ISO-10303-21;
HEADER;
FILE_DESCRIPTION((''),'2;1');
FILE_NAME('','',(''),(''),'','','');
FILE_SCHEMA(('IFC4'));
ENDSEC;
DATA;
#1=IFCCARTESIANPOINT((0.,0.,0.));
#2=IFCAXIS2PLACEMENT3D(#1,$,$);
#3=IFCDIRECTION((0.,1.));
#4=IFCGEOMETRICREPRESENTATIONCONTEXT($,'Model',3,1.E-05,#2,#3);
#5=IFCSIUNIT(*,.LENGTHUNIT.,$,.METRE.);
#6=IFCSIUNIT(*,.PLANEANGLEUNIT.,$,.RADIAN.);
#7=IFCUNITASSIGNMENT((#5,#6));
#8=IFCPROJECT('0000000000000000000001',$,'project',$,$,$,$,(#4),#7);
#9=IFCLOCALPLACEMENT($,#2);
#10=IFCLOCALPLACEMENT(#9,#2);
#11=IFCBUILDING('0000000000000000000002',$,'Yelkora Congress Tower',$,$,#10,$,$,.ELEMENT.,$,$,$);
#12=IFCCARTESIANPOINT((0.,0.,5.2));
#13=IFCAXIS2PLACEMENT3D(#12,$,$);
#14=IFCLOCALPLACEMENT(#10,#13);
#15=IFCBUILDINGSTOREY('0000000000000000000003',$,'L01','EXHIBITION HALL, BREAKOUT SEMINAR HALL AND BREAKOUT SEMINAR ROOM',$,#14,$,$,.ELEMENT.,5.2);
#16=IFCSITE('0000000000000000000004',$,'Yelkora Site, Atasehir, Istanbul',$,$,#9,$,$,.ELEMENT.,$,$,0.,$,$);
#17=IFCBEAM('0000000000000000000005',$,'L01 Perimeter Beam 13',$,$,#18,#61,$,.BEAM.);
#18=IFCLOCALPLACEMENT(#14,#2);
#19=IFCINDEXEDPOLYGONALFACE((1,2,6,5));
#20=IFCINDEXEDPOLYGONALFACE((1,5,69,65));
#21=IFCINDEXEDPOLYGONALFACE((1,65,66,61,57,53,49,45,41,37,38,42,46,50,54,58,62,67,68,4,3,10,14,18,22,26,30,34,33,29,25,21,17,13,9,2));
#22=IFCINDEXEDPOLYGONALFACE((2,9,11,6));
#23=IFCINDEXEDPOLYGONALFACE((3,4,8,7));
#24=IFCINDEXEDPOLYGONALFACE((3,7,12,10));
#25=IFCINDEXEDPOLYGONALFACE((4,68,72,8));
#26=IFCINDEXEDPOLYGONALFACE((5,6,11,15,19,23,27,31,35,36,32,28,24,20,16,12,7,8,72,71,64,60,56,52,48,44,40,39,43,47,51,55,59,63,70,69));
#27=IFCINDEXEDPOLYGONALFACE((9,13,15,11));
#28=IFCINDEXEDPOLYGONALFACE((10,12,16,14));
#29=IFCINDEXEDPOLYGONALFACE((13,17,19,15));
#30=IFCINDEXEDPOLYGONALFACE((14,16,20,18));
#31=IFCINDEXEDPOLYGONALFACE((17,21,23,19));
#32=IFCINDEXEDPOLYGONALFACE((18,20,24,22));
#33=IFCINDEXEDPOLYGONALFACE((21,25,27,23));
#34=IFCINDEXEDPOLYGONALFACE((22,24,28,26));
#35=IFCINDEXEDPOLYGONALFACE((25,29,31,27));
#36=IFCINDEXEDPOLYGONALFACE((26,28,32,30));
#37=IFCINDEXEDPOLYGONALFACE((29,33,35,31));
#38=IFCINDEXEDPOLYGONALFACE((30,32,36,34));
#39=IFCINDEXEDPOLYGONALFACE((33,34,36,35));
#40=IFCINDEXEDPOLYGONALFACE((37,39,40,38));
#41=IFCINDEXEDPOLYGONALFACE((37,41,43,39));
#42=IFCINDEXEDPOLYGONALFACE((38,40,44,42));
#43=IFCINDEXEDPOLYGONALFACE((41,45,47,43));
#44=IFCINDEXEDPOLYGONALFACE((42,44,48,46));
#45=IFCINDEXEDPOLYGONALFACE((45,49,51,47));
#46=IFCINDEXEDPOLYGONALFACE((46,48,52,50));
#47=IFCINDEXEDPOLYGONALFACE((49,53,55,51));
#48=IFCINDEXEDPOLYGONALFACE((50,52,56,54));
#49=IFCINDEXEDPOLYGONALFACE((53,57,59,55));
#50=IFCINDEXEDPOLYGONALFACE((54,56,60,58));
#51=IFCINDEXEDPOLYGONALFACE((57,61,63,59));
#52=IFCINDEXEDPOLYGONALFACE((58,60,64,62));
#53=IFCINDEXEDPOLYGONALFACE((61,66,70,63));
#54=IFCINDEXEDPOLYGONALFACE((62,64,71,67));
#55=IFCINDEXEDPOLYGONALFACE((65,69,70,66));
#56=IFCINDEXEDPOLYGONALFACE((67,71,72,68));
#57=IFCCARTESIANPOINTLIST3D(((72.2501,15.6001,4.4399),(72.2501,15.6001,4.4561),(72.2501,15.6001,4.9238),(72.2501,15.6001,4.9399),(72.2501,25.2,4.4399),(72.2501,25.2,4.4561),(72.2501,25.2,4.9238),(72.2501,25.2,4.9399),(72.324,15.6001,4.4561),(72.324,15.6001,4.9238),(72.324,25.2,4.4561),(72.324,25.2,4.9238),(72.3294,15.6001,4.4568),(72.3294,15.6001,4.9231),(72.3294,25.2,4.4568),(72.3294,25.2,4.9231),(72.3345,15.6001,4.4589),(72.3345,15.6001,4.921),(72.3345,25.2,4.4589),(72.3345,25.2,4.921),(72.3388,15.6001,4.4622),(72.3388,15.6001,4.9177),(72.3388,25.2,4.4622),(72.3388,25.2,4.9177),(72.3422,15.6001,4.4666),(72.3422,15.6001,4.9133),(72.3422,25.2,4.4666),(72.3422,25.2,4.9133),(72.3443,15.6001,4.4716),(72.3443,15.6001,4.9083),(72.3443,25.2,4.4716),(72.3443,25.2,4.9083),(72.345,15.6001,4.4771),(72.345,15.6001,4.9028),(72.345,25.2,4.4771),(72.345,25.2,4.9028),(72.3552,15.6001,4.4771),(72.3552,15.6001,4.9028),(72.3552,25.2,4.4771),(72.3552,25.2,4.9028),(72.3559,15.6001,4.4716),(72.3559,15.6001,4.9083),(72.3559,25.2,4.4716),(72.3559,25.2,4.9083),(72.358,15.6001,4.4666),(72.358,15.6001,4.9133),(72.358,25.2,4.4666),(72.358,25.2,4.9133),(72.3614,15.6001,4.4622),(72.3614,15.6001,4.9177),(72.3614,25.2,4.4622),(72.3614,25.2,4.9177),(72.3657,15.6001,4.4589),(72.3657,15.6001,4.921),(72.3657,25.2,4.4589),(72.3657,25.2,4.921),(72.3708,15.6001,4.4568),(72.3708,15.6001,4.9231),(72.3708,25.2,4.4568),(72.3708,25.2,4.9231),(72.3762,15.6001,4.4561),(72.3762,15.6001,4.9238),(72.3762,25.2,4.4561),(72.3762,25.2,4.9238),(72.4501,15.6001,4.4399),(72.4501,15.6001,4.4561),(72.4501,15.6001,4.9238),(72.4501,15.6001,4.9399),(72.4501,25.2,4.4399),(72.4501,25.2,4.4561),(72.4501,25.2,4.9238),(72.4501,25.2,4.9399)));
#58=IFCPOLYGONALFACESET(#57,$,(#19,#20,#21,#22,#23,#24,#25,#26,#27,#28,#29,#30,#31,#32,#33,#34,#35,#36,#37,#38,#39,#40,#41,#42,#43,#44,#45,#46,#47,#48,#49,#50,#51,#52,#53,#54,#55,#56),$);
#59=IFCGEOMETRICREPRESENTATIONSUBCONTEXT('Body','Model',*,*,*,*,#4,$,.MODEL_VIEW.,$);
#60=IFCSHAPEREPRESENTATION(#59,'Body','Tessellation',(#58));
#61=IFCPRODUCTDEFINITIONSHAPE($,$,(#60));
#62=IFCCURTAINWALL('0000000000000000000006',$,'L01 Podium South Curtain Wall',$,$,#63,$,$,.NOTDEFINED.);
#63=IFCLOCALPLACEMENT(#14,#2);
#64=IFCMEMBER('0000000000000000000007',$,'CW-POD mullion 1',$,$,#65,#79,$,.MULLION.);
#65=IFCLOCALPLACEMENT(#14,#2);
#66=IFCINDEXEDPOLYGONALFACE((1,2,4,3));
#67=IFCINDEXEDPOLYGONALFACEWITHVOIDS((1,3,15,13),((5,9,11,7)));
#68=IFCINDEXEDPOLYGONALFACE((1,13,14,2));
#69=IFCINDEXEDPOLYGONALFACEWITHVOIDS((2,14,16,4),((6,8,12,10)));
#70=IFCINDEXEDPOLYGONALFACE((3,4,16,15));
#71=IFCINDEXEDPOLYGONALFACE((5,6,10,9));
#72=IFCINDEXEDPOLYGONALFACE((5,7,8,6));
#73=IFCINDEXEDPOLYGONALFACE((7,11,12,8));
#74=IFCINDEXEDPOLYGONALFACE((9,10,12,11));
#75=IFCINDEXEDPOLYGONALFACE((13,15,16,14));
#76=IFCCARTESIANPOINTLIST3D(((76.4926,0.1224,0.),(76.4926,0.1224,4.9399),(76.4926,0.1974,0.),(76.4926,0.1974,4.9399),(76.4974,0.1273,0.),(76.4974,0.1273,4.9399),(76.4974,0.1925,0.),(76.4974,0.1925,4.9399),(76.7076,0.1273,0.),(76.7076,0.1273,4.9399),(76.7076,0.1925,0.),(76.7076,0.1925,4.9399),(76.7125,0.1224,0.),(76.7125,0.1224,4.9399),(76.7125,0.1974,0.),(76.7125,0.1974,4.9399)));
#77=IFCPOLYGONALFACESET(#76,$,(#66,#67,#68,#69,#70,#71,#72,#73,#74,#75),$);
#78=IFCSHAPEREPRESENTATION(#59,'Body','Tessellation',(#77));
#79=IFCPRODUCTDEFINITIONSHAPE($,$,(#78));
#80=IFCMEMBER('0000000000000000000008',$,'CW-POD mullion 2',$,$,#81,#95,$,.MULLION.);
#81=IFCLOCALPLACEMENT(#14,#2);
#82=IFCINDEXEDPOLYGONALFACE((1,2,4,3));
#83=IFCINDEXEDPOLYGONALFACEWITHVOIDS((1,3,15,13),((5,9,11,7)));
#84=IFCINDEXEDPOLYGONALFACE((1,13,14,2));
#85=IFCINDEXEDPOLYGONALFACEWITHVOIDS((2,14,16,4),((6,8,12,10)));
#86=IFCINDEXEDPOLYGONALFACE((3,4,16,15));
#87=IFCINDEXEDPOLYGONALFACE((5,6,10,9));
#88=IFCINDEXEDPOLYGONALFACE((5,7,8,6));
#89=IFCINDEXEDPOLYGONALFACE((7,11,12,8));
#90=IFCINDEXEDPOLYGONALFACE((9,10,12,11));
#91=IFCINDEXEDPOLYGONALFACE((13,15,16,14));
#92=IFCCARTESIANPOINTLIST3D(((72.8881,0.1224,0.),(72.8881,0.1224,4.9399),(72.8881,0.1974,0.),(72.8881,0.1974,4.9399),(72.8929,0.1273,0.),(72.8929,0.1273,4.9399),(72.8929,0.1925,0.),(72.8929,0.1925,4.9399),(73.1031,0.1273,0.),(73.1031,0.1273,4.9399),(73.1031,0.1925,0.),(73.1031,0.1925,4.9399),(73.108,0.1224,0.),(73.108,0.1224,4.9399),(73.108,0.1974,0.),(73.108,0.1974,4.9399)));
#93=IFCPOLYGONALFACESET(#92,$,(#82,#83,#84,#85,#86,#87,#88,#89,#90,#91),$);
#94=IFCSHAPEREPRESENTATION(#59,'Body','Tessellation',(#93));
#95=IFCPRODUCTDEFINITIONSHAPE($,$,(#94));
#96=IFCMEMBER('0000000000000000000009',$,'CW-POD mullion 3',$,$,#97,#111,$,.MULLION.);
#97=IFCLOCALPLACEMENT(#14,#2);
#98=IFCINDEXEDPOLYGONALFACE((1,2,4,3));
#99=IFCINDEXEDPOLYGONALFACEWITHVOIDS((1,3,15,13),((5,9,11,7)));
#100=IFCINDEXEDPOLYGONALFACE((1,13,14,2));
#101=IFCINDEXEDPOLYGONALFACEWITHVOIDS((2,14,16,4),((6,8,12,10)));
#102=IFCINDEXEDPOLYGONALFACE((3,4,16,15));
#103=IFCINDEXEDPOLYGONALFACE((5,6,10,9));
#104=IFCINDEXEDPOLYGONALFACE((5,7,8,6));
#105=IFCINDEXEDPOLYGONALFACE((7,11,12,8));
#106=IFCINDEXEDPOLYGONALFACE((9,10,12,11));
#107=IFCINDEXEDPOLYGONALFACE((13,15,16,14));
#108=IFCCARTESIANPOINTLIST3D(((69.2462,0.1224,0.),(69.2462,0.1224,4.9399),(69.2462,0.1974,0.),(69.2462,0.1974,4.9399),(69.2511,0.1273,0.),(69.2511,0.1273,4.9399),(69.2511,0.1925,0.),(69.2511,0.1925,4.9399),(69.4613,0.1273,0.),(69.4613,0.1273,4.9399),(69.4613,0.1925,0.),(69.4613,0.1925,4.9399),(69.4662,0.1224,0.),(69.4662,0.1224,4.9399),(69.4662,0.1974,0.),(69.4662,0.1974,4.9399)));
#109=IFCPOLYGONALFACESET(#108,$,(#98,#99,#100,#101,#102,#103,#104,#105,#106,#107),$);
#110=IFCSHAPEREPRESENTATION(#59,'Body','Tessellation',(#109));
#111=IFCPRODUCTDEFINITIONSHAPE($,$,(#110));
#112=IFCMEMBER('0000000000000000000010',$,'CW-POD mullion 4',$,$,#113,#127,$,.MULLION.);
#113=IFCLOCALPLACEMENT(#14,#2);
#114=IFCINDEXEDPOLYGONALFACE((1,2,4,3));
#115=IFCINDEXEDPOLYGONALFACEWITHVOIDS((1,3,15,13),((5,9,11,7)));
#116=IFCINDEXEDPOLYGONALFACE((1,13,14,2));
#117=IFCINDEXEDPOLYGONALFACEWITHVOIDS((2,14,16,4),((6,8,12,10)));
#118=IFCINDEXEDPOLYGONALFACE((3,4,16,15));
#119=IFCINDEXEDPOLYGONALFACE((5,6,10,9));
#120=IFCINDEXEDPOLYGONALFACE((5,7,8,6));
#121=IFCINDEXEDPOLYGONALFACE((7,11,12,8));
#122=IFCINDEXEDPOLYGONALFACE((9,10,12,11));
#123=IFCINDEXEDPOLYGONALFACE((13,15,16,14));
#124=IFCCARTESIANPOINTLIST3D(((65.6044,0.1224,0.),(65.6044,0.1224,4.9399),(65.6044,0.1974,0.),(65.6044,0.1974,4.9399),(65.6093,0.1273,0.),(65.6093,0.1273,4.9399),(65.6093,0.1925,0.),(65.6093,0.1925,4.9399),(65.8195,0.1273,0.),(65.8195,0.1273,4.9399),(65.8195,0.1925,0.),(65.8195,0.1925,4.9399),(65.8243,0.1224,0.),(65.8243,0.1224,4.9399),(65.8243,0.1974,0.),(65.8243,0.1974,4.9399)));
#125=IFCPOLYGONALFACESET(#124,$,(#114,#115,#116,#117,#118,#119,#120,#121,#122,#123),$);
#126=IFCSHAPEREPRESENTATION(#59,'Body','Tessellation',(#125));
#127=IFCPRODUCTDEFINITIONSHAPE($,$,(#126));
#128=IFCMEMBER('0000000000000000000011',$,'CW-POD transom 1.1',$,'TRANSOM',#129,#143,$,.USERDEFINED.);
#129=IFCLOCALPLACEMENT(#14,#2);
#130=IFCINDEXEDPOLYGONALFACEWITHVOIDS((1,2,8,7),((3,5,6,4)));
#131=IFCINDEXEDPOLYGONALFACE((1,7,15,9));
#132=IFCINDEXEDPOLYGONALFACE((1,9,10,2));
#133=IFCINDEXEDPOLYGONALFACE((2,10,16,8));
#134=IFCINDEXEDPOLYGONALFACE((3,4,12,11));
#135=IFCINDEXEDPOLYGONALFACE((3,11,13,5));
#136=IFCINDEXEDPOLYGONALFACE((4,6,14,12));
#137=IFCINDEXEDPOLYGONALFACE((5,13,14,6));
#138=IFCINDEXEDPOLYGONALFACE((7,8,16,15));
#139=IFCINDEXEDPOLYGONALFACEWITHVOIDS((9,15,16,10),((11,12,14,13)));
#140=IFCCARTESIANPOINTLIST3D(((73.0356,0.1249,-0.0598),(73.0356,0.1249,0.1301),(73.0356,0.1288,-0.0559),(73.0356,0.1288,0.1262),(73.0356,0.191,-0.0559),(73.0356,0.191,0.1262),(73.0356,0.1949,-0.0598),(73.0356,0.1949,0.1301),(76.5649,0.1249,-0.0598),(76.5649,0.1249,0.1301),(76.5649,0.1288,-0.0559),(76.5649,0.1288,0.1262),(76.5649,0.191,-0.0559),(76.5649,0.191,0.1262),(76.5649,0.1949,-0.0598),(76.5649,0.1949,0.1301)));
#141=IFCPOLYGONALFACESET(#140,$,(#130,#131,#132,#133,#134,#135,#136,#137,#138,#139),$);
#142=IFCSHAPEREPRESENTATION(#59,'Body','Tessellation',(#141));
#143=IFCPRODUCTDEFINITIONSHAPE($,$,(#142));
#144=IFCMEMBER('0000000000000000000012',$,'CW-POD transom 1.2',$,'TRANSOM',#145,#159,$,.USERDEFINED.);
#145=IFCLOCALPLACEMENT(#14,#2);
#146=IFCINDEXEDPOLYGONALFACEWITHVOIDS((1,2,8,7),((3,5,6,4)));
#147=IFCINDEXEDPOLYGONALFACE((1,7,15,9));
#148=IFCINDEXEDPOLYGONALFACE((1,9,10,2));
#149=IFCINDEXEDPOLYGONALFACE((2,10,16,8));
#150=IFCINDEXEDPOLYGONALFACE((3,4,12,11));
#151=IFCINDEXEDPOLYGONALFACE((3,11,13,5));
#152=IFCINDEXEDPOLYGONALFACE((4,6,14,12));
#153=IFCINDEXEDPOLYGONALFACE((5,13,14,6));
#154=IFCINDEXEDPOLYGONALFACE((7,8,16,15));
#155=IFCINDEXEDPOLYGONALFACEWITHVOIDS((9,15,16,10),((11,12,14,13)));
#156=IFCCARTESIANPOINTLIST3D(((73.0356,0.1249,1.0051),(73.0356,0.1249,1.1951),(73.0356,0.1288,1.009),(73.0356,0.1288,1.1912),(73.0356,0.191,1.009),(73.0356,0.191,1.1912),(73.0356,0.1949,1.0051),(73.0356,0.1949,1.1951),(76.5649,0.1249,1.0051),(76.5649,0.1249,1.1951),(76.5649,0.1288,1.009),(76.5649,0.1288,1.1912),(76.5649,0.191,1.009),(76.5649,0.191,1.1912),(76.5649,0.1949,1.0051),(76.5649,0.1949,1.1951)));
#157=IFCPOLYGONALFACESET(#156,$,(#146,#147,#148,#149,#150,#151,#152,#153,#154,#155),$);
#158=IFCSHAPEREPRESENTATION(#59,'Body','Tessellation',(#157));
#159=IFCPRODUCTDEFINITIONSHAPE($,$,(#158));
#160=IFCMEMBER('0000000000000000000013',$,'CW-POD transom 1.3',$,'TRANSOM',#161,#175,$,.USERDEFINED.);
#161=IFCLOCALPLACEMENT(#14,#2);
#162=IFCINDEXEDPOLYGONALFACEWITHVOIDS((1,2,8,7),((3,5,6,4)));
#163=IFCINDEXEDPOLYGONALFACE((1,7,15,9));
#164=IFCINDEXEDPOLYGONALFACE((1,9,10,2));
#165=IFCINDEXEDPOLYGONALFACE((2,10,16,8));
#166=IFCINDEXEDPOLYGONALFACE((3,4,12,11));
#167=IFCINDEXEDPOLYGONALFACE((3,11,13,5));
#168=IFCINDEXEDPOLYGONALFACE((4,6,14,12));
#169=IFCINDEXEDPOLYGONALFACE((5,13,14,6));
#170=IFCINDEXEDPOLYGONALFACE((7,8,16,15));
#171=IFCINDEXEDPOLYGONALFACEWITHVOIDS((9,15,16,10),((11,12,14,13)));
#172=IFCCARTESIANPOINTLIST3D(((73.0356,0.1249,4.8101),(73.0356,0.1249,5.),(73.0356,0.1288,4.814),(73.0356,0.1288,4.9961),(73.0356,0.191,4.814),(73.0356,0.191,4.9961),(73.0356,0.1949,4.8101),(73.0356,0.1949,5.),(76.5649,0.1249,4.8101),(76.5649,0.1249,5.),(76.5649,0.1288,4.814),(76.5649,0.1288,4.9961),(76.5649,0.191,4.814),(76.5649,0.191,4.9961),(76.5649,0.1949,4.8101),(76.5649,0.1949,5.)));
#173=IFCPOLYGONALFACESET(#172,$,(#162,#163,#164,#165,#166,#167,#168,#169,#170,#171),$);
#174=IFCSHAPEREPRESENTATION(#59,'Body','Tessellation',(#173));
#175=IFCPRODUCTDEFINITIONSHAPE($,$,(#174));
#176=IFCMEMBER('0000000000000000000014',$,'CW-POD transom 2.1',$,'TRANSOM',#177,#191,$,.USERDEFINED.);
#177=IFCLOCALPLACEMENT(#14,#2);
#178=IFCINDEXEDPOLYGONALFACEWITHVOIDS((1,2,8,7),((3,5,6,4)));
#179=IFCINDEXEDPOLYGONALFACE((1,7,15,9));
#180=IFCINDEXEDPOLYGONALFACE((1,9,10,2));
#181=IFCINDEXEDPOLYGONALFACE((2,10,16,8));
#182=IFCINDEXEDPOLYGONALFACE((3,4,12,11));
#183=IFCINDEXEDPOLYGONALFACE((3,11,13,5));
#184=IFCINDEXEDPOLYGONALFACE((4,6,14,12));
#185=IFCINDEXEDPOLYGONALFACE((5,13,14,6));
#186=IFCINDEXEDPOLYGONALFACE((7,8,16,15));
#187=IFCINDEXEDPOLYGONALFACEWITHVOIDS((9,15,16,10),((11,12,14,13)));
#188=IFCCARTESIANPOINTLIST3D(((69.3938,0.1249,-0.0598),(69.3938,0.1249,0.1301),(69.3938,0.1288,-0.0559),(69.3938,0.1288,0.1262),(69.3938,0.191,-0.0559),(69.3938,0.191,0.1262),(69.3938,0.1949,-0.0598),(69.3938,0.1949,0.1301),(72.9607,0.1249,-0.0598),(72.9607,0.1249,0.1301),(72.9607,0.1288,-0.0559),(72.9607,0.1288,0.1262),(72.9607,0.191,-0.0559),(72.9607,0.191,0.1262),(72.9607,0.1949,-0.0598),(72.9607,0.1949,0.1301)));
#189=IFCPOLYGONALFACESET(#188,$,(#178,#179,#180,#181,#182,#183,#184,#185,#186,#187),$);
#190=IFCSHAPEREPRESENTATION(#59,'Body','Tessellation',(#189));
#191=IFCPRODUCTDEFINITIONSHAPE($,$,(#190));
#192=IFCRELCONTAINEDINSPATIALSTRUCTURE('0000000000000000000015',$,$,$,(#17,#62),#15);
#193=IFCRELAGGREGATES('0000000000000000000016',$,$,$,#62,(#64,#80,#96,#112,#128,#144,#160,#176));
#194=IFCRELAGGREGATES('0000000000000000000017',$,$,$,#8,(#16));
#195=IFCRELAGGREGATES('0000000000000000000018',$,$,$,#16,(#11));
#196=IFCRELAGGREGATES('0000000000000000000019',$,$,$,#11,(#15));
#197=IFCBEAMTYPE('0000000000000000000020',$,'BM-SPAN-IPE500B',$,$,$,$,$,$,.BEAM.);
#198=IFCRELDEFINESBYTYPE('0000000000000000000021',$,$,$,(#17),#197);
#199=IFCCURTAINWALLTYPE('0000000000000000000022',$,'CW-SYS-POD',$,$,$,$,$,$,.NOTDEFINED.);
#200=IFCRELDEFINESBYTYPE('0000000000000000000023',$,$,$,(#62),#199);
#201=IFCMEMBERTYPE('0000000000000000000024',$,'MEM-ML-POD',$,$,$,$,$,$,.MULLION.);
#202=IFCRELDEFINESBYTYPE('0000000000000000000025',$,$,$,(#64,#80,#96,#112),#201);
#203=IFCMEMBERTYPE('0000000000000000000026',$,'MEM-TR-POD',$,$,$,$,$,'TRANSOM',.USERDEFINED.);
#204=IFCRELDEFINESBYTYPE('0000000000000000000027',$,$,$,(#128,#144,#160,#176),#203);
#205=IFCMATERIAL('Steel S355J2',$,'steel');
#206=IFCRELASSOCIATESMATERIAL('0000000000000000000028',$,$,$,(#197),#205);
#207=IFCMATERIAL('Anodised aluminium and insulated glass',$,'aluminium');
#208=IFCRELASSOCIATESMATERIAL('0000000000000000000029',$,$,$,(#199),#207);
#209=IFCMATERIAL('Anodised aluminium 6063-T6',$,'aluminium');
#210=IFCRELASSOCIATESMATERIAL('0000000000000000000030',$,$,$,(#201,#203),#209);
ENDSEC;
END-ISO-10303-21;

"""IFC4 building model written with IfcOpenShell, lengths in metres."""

from ifc_helpers import new_model, si_unit, direction, frame, origin, origin_2d, place, context, subcontext, project, spatial, hollow_rectangle, i_section, extrude, material, material_profile, profile_set, type_object, element, aggregate, save


model = new_model("IFC4")

# Units and contexts
model_context = context("Model", 3, precision=1e-05, world=origin(), true_north=direction((0.0, 1.0)))
body_context = subcontext(model_context, "Body", "Model", "MODEL_VIEW")
ifc_project = project(units=[si_unit("LENGTHUNIT", "METRE"), si_unit("PLANEANGLEUNIT", "RADIAN")], contexts=[model_context])

# Site, building, storey
site_placement = place(None, origin())
site = spatial("IfcSite", under=ifc_project, at=site_placement, Name="Yelkora Site, Atasehir, Istanbul", CompositionType="ELEMENT", RefElevation=0.0)
building_placement = place(site_placement, origin())
building = spatial("IfcBuilding", under=site, at=building_placement, Name="Yelkora Congress Tower", CompositionType="ELEMENT")
storey_placement = place(building_placement, frame((0.0, 0.0, 5.2)))
storey = spatial("IfcBuildingStorey", under=building, at=storey_placement, Name="L01", Description="EXHIBITION HALL, BREAKOUT SEMINAR HALL AND BREAKOUT SEMINAR ROOM", CompositionType="ELEMENT", Elevation=5.2)

# Beam
ifc_material_1 = material(Name="Steel S355J2", Category="steel")
ifc_material_profile_1 = material_profile(ifc_material_1, i_section(OverallWidth=0.2, OverallDepth=0.5, WebThickness=0.0103, FlangeThickness=0.0161, FilletRadius=0.021, at=origin_2d()), Name="IPE 500")
ifc_profile_set_1 = profile_set([ifc_material_profile_1], Name="Steel S355J2")
beam_type_1 = type_object("IfcBeamType", Name="BM-SPAN-IPE500B", PredefinedType="BEAM", material=ifc_profile_set_1)
beam_1_placement = place(storey_placement, frame((72.3501, 15.6001, 4.6899), z_axis=(0.0, 1.0, 0.0), x_axis=(-1.0, 0.0, 0.0)))
element("IfcBeam", 1, at=beam_1_placement, inside=storey, type_object=beam_type_1, Name="L01 Perimeter Beam 13", PredefinedType="BEAM", context=body_context, shape_type="SweptSolid", body=[
    extrude(i_section(OverallWidth=0.2, OverallDepth=0.5, WebThickness=0.0103, FlangeThickness=0.0161, FilletRadius=0.021, at=origin_2d()), origin(), (0.0, 0.0, 1.0), 9.5999),
])

# Curtain wall, members
ifc_material_2 = material(Name="Anodised aluminium and insulated glass", Category="aluminium")
curtain_wall_type = type_object("IfcCurtainWallType", Name="CW-SYS-POD", PredefinedType="NOTDEFINED", material=ifc_material_2)
curtain_wall_placement = place(storey_placement, origin())
curtain_wall = element("IfcCurtainWall", 2, at=curtain_wall_placement, inside=storey, type_object=curtain_wall_type, Name="L01 Podium South Curtain Wall", PredefinedType="NOTDEFINED")
ifc_material_3 = material(Name="Anodised aluminium 6063-T6", Category="aluminium")
ifc_material_profile_2 = material_profile(ifc_material_3, hollow_rectangle(XDim=0.075, YDim=0.22, WallThickness=0.0049, at=origin_2d()), Name="ALU 75x220x5")
ifc_profile_set_2 = profile_set([ifc_material_profile_2], Name="Anodised aluminium 6063-T6")
member_type_1 = type_object("IfcMemberType", Name="MEM-ML-POD", PredefinedType="MULLION", material=ifc_profile_set_2)
member_1_placement = place(storey_placement, frame((76.6025, 0.1599, 0.0), z_axis=(0.0, 0.0, 1.0), x_axis=(0.0, -1.0, 0.0)))
member_1 = element("IfcMember", 3, at=member_1_placement, type_object=member_type_1, Name="CW-POD mullion 1", PredefinedType="MULLION", context=body_context, shape_type="SweptSolid", body=[
    extrude(hollow_rectangle(XDim=0.075, YDim=0.22, WallThickness=0.0049, at=origin_2d()), origin(), (0.0, 0.0, 1.0), 4.9399),
])
member_2_placement = place(storey_placement, frame((72.998, 0.1599, 0.0), z_axis=(0.0, 0.0, 1.0), x_axis=(0.0, -1.0, 0.0)))
member_2 = element("IfcMember", 4, at=member_2_placement, type_object=member_type_1, Name="CW-POD mullion 2", PredefinedType="MULLION", context=body_context, shape_type="SweptSolid", body=[
    extrude(hollow_rectangle(XDim=0.075, YDim=0.22, WallThickness=0.0049, at=origin_2d()), origin(), (0.0, 0.0, 1.0), 4.9399),
])
member_3_placement = place(storey_placement, frame((69.3562, 0.1599, 0.0), z_axis=(0.0, 0.0, 1.0), x_axis=(0.0, -1.0, 0.0)))
member_3 = element("IfcMember", 5, at=member_3_placement, type_object=member_type_1, Name="CW-POD mullion 3", PredefinedType="MULLION", context=body_context, shape_type="SweptSolid", body=[
    extrude(hollow_rectangle(XDim=0.075, YDim=0.22, WallThickness=0.0049, at=origin_2d()), origin(), (0.0, 0.0, 1.0), 4.9399),
])
member_4_placement = place(storey_placement, frame((65.7144, 0.1599, 0.0), z_axis=(0.0, 0.0, 1.0), x_axis=(0.0, -1.0, 0.0)))
member_4 = element("IfcMember", 6, at=member_4_placement, type_object=member_type_1, Name="CW-POD mullion 4", PredefinedType="MULLION", context=body_context, shape_type="SweptSolid", body=[
    extrude(hollow_rectangle(XDim=0.075, YDim=0.22, WallThickness=0.0049, at=origin_2d()), origin(), (0.0, 0.0, 1.0), 4.9399),
])
ifc_material_profile_3 = material_profile(ifc_material_3, hollow_rectangle(XDim=0.0701, YDim=0.1899, WallThickness=0.0039, at=origin_2d()), Name="ALU 70x190x4")
ifc_profile_set_3 = profile_set([ifc_material_profile_3], Name="Anodised aluminium 6063-T6")
member_type_2 = type_object("IfcMemberType", Name="MEM-TR-POD", ElementType="TRANSOM", PredefinedType="USERDEFINED", material=ifc_profile_set_3)
member_5_placement = place(storey_placement, frame((76.5649, 0.1599, 0.0352), z_axis=(-1.0, 0.0, 0.0), x_axis=(0.0, -1.0, 0.0)))
member_5 = element("IfcMember", 7, at=member_5_placement, type_object=member_type_2, Name="CW-POD transom 1.1", ObjectType="TRANSOM", PredefinedType="USERDEFINED", context=body_context, shape_type="SweptSolid", body=[
    extrude(hollow_rectangle(XDim=0.0701, YDim=0.1899, WallThickness=0.0039, at=origin_2d()), origin(), (0.0, 0.0, 1.0), 3.5293),
])
member_6_placement = place(storey_placement, frame((76.5649, 0.1599, 1.1001), z_axis=(-1.0, 0.0, 0.0), x_axis=(0.0, -1.0, 0.0)))
member_6 = element("IfcMember", 8, at=member_6_placement, type_object=member_type_2, Name="CW-POD transom 1.2", ObjectType="TRANSOM", PredefinedType="USERDEFINED", context=body_context, shape_type="SweptSolid", body=[
    extrude(hollow_rectangle(XDim=0.0701, YDim=0.1899, WallThickness=0.0039, at=origin_2d()), origin(), (0.0, 0.0, 1.0), 3.5293),
])
member_7_placement = place(storey_placement, frame((76.5649, 0.1599, 4.905), z_axis=(-1.0, 0.0, 0.0), x_axis=(0.0, -1.0, 0.0)))
member_7 = element("IfcMember", 9, at=member_7_placement, type_object=member_type_2, Name="CW-POD transom 1.3", ObjectType="TRANSOM", PredefinedType="USERDEFINED", context=body_context, shape_type="SweptSolid", body=[
    extrude(hollow_rectangle(XDim=0.0701, YDim=0.1899, WallThickness=0.0039, at=origin_2d()), origin(), (0.0, 0.0, 1.0), 3.5293),
])
member_8_placement = place(storey_placement, frame((72.9607, 0.1599, 0.0352), z_axis=(-1.0, 0.0, 0.0), x_axis=(0.0, -1.0, 0.0)))
member_8 = element("IfcMember", 10, at=member_8_placement, type_object=member_type_2, Name="CW-POD transom 2.1", ObjectType="TRANSOM", PredefinedType="USERDEFINED", context=body_context, shape_type="SweptSolid", body=[
    extrude(hollow_rectangle(XDim=0.0701, YDim=0.1899, WallThickness=0.0039, at=origin_2d()), origin(), (0.0, 0.0, 1.0), 3.5669),
])
aggregate(curtain_wall, [member_1, member_2, member_3, member_4, member_5, member_6, member_7, member_8])

save(model, "model.ifc")
